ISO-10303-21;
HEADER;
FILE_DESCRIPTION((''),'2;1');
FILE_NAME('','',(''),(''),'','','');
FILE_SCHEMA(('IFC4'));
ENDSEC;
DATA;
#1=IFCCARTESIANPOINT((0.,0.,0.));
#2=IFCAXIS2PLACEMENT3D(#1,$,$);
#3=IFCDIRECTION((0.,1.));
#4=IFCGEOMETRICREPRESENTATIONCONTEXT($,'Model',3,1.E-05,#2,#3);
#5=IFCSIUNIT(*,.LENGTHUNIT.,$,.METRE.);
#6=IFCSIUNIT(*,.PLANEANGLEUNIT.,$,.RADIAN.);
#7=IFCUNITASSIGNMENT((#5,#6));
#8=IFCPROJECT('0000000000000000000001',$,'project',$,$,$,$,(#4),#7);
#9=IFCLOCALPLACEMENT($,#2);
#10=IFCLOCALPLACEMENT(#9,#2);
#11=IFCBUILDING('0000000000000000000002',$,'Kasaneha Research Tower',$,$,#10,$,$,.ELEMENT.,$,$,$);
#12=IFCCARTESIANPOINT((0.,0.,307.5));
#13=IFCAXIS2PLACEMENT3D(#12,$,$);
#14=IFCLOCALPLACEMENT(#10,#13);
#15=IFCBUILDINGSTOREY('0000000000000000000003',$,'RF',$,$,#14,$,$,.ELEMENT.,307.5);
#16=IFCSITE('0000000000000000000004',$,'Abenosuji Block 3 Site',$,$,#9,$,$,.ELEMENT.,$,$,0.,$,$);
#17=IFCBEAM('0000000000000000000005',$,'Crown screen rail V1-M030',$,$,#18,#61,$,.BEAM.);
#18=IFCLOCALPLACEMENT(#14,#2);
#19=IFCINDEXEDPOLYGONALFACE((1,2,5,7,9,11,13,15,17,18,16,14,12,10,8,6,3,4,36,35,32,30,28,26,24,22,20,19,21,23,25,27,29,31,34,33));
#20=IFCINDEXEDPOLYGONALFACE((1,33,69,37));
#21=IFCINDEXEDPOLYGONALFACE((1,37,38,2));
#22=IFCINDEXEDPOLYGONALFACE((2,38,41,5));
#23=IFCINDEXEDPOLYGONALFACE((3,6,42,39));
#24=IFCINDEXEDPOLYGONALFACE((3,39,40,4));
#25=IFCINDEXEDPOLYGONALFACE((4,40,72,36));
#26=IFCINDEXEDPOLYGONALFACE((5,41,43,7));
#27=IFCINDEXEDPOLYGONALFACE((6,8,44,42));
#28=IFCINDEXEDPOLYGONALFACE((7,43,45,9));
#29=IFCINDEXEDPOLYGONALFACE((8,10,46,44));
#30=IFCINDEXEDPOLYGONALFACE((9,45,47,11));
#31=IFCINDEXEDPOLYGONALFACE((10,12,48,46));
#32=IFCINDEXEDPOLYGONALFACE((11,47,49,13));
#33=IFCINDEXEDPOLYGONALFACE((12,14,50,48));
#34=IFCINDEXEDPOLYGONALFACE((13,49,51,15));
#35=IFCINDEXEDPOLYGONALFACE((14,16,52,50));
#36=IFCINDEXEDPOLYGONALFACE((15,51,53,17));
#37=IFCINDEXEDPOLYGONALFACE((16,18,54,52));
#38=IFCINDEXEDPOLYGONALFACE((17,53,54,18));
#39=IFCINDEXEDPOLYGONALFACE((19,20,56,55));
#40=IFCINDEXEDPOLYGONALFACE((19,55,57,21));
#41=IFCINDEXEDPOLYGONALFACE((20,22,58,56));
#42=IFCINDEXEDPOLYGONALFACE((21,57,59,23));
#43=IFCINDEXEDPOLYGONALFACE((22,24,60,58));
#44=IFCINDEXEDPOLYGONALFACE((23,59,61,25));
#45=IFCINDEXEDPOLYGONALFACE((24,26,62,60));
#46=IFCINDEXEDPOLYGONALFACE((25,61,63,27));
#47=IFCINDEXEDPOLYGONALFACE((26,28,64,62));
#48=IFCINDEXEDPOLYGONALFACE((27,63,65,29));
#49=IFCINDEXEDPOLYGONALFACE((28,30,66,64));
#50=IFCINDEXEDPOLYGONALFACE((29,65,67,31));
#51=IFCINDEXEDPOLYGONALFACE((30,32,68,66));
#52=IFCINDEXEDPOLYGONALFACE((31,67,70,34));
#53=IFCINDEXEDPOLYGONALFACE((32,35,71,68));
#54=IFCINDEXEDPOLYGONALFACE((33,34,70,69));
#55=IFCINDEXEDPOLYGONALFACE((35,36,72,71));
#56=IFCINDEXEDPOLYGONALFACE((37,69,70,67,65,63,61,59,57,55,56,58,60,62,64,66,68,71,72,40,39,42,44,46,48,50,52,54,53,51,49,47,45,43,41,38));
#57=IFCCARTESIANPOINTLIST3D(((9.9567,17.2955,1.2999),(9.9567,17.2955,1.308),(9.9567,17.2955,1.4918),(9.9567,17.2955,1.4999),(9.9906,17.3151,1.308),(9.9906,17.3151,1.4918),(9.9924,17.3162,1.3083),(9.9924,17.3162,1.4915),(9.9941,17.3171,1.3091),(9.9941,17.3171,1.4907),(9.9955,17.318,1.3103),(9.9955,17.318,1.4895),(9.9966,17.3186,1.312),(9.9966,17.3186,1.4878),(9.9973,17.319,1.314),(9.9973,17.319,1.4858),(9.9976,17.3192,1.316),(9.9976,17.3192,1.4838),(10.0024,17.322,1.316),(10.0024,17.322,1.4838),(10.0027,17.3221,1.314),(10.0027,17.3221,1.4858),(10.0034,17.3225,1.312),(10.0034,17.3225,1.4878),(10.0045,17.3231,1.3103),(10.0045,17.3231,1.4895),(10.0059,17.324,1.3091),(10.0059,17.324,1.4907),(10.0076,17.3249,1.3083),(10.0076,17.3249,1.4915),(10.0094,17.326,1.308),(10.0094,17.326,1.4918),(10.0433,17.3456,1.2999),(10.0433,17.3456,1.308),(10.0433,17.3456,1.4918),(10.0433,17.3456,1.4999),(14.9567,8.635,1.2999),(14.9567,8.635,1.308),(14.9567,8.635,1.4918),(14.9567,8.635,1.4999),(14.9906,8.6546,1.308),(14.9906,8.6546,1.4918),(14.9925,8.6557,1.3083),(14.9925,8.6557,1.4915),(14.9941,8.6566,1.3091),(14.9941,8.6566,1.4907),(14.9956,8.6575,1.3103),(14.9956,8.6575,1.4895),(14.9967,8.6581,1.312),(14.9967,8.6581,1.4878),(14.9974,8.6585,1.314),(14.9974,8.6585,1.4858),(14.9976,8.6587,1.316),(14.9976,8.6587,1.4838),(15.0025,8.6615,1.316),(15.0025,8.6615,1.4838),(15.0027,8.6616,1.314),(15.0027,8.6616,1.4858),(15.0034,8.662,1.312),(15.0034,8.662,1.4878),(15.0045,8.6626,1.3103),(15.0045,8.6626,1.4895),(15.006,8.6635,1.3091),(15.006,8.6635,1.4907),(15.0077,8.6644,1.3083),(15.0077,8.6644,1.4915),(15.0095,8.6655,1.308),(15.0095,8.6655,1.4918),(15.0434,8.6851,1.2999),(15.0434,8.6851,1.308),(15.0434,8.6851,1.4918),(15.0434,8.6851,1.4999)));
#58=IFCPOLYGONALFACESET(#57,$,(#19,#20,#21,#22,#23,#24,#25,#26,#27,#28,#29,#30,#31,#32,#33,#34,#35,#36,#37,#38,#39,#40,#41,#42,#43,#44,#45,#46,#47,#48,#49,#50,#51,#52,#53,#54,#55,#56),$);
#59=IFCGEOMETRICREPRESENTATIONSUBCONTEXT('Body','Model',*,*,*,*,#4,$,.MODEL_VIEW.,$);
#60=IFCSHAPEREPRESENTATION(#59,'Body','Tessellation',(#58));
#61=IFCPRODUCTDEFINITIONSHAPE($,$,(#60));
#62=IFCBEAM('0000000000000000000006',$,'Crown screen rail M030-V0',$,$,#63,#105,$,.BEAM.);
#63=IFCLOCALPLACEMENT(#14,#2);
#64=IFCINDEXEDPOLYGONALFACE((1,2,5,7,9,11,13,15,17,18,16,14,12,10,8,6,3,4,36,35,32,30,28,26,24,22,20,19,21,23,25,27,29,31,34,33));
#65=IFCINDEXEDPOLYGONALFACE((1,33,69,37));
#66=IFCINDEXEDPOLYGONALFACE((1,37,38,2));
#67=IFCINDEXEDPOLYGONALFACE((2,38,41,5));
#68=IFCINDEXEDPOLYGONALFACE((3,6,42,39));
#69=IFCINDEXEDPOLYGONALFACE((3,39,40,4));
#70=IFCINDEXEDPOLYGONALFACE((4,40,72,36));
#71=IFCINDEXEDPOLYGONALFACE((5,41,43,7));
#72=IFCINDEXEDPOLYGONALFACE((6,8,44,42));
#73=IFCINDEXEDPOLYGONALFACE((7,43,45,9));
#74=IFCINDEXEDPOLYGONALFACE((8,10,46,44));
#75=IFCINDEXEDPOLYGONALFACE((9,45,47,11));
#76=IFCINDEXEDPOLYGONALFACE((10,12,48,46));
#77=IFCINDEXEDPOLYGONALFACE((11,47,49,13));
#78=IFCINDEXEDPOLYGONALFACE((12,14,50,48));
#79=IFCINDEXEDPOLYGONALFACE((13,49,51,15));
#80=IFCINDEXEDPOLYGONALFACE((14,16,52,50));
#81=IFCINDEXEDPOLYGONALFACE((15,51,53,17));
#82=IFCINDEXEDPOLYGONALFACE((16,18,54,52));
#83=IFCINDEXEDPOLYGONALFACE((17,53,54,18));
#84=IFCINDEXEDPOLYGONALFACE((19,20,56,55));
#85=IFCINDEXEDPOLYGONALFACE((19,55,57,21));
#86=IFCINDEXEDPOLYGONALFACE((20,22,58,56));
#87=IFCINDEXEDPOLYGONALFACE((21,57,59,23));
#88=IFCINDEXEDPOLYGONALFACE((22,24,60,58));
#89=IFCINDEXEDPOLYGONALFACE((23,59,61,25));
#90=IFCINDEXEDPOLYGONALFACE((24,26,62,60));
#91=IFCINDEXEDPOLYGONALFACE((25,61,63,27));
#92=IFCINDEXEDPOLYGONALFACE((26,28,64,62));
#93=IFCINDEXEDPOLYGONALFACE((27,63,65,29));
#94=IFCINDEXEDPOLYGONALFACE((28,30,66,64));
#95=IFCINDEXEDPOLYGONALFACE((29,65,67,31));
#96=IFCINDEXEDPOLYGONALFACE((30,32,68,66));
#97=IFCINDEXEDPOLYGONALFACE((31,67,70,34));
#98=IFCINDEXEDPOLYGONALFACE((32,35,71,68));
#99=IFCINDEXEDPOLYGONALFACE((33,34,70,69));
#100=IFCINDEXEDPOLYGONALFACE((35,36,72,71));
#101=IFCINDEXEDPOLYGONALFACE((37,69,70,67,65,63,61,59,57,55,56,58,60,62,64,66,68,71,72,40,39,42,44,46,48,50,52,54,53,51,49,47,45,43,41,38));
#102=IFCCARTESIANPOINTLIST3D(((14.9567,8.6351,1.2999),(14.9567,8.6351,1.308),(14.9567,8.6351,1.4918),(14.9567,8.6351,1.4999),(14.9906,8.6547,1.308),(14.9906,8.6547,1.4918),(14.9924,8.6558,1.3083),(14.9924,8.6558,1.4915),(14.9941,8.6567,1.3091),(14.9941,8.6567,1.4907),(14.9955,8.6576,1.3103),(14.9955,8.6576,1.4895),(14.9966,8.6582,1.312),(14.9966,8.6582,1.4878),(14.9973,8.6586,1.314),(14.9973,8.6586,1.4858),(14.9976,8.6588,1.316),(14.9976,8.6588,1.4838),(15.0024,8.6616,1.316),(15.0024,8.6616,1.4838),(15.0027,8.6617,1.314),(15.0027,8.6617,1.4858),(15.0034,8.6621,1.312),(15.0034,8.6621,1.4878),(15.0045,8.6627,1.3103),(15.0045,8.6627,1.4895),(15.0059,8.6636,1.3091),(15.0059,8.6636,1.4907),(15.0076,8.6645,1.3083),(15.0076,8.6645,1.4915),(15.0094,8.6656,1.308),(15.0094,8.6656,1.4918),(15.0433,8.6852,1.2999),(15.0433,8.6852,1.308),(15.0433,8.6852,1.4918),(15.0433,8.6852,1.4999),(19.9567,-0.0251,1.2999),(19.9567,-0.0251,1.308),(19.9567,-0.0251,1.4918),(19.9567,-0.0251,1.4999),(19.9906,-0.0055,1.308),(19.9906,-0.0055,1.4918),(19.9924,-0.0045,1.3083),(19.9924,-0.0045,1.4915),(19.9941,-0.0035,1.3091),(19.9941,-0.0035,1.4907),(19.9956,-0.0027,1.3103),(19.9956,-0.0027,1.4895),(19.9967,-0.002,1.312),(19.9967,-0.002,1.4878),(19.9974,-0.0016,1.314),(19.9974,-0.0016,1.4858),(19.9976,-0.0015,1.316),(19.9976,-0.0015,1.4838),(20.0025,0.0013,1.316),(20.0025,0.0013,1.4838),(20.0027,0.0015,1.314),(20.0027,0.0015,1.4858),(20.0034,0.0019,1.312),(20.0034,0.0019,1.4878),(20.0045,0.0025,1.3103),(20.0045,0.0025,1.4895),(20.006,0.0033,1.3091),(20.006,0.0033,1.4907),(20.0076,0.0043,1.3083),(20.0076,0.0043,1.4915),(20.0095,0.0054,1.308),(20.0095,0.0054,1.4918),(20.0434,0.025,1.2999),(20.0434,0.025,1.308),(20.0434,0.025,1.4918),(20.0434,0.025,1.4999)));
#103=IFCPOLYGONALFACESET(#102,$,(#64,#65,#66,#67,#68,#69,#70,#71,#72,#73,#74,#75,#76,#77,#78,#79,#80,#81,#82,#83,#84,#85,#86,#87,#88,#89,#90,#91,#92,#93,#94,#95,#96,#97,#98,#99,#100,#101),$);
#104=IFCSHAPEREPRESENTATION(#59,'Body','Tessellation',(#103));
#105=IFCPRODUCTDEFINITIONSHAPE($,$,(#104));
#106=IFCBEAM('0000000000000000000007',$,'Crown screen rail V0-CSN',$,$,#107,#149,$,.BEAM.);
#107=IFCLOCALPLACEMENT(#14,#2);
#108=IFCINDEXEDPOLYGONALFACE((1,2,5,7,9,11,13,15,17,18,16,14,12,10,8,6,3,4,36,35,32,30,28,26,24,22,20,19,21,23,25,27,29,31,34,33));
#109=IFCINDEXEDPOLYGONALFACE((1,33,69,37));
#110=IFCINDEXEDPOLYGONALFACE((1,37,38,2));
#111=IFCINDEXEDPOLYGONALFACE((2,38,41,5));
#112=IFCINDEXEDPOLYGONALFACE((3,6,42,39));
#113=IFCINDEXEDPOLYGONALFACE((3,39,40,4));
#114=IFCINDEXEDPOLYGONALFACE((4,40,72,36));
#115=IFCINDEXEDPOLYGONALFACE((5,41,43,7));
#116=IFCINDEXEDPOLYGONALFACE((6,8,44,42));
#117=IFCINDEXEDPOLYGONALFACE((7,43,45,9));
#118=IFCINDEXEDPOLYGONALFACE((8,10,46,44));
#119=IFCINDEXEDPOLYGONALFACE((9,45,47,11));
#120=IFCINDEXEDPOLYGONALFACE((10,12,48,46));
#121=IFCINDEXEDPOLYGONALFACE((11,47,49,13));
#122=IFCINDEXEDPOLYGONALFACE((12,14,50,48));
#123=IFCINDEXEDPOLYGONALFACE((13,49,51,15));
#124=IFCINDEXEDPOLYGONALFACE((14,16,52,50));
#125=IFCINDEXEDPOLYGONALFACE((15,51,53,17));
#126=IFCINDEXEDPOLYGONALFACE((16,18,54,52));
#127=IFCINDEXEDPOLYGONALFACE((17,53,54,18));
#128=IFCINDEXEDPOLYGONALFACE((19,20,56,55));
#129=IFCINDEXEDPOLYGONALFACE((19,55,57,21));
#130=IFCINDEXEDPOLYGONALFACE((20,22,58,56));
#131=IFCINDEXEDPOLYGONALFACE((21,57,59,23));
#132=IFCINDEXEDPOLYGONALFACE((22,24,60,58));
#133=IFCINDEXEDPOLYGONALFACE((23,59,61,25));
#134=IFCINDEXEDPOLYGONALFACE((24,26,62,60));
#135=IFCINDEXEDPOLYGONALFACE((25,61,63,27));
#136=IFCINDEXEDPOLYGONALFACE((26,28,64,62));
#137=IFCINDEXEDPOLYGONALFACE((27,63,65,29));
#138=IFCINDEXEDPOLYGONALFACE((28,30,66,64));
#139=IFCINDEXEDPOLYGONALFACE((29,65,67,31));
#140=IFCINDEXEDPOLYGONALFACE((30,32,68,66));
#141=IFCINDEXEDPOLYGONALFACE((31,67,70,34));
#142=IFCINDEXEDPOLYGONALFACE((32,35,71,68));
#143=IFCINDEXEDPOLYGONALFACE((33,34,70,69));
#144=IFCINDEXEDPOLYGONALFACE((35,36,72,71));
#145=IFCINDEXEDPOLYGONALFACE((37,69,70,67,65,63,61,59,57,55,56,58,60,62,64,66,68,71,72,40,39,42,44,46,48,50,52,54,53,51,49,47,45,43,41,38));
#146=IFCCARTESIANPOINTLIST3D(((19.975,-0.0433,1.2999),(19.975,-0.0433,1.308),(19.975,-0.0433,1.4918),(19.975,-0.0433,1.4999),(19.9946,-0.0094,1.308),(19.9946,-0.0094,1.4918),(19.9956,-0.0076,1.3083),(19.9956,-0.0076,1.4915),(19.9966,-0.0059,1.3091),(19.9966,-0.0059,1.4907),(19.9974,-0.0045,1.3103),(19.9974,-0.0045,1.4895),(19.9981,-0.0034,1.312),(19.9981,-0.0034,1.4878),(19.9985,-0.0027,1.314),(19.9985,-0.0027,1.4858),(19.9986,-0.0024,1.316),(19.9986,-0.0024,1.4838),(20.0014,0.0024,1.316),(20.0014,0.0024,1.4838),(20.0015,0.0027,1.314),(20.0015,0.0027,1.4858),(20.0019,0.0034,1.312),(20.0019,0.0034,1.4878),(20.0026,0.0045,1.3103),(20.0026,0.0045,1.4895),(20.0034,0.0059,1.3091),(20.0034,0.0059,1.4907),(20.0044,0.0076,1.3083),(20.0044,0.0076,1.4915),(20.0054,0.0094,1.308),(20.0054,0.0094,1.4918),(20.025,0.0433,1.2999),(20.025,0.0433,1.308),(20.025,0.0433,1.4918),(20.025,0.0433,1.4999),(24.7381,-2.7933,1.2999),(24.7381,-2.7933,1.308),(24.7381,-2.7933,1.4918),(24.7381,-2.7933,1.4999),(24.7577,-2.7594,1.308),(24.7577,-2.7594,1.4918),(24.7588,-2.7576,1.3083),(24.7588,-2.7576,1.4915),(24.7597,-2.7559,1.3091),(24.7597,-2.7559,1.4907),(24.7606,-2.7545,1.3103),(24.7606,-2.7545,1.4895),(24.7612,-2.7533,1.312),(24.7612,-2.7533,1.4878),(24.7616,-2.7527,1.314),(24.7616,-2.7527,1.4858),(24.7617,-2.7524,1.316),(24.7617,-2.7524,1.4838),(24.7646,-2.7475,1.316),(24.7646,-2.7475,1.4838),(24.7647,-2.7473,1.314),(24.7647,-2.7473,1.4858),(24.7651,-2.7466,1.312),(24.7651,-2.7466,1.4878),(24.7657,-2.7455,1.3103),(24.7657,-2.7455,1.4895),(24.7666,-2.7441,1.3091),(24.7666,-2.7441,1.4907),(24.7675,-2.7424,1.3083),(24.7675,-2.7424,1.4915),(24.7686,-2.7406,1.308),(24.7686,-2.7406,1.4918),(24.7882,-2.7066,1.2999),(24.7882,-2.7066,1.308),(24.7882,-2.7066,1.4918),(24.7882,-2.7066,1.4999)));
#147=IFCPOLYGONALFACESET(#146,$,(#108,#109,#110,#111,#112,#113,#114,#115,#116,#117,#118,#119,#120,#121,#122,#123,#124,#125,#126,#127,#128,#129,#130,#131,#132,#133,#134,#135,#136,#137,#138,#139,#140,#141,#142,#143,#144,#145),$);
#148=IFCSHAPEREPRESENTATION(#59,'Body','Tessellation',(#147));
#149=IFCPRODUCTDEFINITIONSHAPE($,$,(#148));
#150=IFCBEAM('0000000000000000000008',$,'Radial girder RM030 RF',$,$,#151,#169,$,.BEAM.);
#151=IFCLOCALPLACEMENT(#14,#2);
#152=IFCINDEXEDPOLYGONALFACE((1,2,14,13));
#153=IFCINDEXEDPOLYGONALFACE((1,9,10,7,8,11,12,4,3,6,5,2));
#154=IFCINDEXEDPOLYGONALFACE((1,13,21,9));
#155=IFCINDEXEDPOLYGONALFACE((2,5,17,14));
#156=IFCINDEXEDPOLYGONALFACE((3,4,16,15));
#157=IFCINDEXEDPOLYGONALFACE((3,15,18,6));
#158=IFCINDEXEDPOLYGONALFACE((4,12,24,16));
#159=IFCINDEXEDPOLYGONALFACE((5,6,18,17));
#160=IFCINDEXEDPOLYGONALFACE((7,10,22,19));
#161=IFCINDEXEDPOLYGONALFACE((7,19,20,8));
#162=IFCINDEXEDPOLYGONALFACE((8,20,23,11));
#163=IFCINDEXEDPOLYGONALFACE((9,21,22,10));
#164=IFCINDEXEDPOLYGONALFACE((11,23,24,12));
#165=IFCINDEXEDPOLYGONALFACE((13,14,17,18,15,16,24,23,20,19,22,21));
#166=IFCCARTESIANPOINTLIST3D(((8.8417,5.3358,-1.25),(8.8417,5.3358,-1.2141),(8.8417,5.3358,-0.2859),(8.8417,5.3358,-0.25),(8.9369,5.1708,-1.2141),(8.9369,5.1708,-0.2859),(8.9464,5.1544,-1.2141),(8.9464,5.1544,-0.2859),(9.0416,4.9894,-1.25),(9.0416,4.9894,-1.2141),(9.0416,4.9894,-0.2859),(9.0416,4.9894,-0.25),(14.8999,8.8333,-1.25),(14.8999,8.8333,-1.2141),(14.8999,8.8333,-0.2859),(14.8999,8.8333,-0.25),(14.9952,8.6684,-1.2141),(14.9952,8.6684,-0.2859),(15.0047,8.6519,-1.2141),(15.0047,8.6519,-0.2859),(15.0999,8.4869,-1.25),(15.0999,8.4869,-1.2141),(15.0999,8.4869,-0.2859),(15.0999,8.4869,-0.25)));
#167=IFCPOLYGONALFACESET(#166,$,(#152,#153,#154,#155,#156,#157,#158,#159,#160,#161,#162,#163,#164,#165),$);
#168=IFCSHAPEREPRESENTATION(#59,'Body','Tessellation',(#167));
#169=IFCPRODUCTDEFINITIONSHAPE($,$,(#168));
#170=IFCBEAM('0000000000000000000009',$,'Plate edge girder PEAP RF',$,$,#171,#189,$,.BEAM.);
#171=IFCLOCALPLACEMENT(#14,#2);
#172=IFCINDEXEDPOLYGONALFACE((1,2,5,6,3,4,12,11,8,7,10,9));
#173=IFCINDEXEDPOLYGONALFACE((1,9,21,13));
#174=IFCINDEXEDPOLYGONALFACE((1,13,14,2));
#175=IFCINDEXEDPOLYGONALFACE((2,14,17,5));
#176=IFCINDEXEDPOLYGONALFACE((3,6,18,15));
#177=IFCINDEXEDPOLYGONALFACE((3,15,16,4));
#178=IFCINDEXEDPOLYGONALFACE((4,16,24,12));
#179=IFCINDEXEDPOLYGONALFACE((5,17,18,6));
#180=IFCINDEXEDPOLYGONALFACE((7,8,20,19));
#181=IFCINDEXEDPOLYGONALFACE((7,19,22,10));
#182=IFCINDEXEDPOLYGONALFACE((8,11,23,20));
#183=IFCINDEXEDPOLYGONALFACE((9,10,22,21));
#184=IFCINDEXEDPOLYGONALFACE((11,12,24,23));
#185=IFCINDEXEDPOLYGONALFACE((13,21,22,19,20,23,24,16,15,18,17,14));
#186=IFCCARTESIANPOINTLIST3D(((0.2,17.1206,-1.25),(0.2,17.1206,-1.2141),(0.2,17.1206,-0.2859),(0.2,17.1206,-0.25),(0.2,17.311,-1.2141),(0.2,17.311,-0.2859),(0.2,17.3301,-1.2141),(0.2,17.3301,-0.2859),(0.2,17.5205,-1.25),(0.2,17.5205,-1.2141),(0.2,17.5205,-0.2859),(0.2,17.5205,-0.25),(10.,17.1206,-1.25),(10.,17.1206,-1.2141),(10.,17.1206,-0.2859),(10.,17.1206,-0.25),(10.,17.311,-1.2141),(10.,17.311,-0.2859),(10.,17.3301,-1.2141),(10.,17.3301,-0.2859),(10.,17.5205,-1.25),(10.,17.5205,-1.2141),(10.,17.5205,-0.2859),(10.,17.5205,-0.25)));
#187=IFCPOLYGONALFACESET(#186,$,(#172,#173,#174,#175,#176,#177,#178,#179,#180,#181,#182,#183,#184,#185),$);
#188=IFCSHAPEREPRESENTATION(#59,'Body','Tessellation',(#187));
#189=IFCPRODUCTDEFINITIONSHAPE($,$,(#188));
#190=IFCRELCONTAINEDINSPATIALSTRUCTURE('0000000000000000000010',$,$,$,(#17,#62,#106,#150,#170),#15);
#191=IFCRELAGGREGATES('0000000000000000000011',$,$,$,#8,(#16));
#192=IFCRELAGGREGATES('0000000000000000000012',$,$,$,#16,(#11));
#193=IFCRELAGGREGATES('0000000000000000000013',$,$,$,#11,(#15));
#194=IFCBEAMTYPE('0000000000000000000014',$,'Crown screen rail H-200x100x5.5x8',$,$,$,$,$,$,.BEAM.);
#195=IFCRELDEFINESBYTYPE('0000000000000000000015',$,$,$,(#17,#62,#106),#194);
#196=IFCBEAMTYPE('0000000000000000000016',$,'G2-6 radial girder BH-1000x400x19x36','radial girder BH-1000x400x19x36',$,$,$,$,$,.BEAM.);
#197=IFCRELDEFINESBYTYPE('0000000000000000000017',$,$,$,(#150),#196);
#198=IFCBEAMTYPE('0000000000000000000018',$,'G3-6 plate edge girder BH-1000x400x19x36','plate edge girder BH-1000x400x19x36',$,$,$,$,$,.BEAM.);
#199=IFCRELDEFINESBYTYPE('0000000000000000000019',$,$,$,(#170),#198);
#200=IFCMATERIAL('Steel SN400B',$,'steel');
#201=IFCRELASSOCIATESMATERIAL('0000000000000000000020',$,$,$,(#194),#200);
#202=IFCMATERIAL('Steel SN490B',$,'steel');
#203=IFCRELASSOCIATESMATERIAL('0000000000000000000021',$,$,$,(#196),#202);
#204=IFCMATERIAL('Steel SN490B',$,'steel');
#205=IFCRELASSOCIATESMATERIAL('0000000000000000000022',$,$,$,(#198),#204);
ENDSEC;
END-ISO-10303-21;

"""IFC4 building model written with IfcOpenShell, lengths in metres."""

from ifc_helpers import new_model, si_unit, direction, frame, origin, origin_2d, place, context, subcontext, project, spatial, i_section, extrude, material, material_profile, profile_set, type_object, element, save


model = new_model("IFC4")

# Units and contexts
model_context = context("Model", 3, precision=1e-05, world=origin(), true_north=direction((0.0, 1.0)))
body_context = subcontext(model_context, "Body", "Model", "MODEL_VIEW")
ifc_project = project(units=[si_unit("LENGTHUNIT", "METRE"), si_unit("PLANEANGLEUNIT", "RADIAN")], contexts=[model_context])

# Site, building, storey
site_placement = place(None, origin())
site = spatial("IfcSite", under=ifc_project, at=site_placement, Name="Abenosuji Block 3 Site", CompositionType="ELEMENT", RefElevation=0.0)
building_placement = place(site_placement, origin())
building = spatial("IfcBuilding", under=site, at=building_placement, Name="Kasaneha Research Tower", CompositionType="ELEMENT")
storey_placement = place(building_placement, frame((0.0, 0.0, 307.5)))
storey = spatial("IfcBuildingStorey", under=building, at=storey_placement, Name="RF", CompositionType="ELEMENT", Elevation=307.5)

# Beams
ifc_material_1 = material(Name="Steel SN400B", Category="steel")
ifc_material_profile_1 = material_profile(ifc_material_1, i_section(OverallWidth=0.1001, OverallDepth=0.2, WebThickness=0.0056, FlangeThickness=0.0081, FilletRadius=0.0081, at=origin_2d()), Name="H-200x100x5.5x8")
ifc_profile_set_1 = profile_set([ifc_material_profile_1], Name="Steel SN400B")
beam_type_1 = type_object("IfcBeamType", Name="Crown screen rail H-200x100x5.5x8", PredefinedType="BEAM", material=ifc_profile_set_1)
beam_1_placement = place(storey_placement, frame((10.0, 17.3206, 1.3999), z_axis=(0.499994, -0.866029, 0.0), x_axis=(0.866029, 0.499994, 0.0)))
element("IfcBeam", 1, at=beam_1_placement, inside=storey, type_object=beam_type_1, Name="Crown screen rail V1-M030", PredefinedType="BEAM", context=body_context, shape_type="SweptSolid", body=[
    extrude(i_section(OverallWidth=0.1001, OverallDepth=0.2, WebThickness=0.0056, FlangeThickness=0.0081, FilletRadius=0.0081, at=origin_2d()), origin(), (0.0, 0.0, 1.0), 10.0002),
])
beam_2_placement = place(storey_placement, frame((15.0, 8.6602, 1.3999), z_axis=(0.500004, -0.866023, 0.0), x_axis=(0.866023, 0.500004, 0.0)))
element("IfcBeam", 2, at=beam_2_placement, inside=storey, type_object=beam_type_1, Name="Crown screen rail M030-V0", PredefinedType="BEAM", context=body_context, shape_type="SweptSolid", body=[
    extrude(i_section(OverallWidth=0.1001, OverallDepth=0.2, WebThickness=0.0056, FlangeThickness=0.0081, FilletRadius=0.0081, at=origin_2d()), origin(), (0.0, 0.0, 1.0), 10.0),
])
beam_3_placement = place(storey_placement, frame((20.0, 0.0, 1.3999), z_axis=(0.866027, -0.499997, 0.0), x_axis=(0.499997, 0.866027, 0.0)))
element("IfcBeam", 3, at=beam_3_placement, inside=storey, type_object=beam_type_1, Name="Crown screen rail V0-CSN", PredefinedType="BEAM", context=body_context, shape_type="SweptSolid", body=[
    extrude(i_section(OverallWidth=0.1001, OverallDepth=0.2, WebThickness=0.0056, FlangeThickness=0.0081, FilletRadius=0.0081, at=origin_2d()), origin(), (0.0, 0.0, 1.0), 5.5),
])
ifc_material_2 = material(Name="Steel SN490B", Category="steel")
ifc_material_profile_2 = material_profile(ifc_material_2, i_section(OverallWidth=0.3999, OverallDepth=1.0, WebThickness=0.019, FlangeThickness=0.0359, at=origin_2d()), Name="BH-1000x400x19x36")
ifc_profile_set_2 = profile_set([ifc_material_profile_2], Name="Steel SN490B")
beam_type_2 = type_object("IfcBeamType", Name="G2-6 radial girder BH-1000x400x19x36", Description="radial girder BH-1000x400x19x36", PredefinedType="BEAM", material=ifc_profile_set_2)
beam_4_placement = place(storey_placement, frame((8.9417, 5.1626, -0.75), z_axis=(0.86604, 0.499975, 0.0), x_axis=(-0.499975, 0.86604, 0.0)))
element("IfcBeam", 4, at=beam_4_placement, inside=storey, type_object=beam_type_2, Name="Radial girder RM030 RF", PredefinedType="BEAM", context=body_context, shape_type="SweptSolid", body=[
    extrude(i_section(OverallWidth=0.3999, OverallDepth=1.0, WebThickness=0.019, FlangeThickness=0.0359, at=origin_2d()), origin(), (0.0, 0.0, 1.0), 6.9954),
])
ifc_material_3 = material(Name="Steel SN490B", Category="steel")
ifc_material_profile_3 = material_profile(ifc_material_3, i_section(OverallWidth=0.3999, OverallDepth=1.0, WebThickness=0.019, FlangeThickness=0.0359, at=origin_2d()), Name="BH-1000x400x19x36")
ifc_profile_set_3 = profile_set([ifc_material_profile_3], Name="Steel SN490B")
beam_type_3 = type_object("IfcBeamType", Name="G3-6 plate edge girder BH-1000x400x19x36", Description="plate edge girder BH-1000x400x19x36", PredefinedType="BEAM", material=ifc_profile_set_3)
for number, where, z_axis, x_axis, name in (
    (5, (10.0, 17.3206, -0.75), (-1.0, 0.0, 0.0), (0.0, -1.0, 0.0), "Plate edge girder PEAP RF"),
):
    element("IfcBeam", number, at=place(storey_placement, frame(where, z_axis=z_axis, x_axis=x_axis)), inside=storey, type_object=beam_type_3, Name=name, PredefinedType="BEAM", context=body_context, shape_type="SweptSolid", body=[
        extrude(i_section(OverallWidth=0.3999, OverallDepth=1.0, WebThickness=0.019, FlangeThickness=0.0359, at=origin_2d()), origin(), (0.0, 0.0, 1.0), 9.8),
    ])

save(model, "model.ifc")
